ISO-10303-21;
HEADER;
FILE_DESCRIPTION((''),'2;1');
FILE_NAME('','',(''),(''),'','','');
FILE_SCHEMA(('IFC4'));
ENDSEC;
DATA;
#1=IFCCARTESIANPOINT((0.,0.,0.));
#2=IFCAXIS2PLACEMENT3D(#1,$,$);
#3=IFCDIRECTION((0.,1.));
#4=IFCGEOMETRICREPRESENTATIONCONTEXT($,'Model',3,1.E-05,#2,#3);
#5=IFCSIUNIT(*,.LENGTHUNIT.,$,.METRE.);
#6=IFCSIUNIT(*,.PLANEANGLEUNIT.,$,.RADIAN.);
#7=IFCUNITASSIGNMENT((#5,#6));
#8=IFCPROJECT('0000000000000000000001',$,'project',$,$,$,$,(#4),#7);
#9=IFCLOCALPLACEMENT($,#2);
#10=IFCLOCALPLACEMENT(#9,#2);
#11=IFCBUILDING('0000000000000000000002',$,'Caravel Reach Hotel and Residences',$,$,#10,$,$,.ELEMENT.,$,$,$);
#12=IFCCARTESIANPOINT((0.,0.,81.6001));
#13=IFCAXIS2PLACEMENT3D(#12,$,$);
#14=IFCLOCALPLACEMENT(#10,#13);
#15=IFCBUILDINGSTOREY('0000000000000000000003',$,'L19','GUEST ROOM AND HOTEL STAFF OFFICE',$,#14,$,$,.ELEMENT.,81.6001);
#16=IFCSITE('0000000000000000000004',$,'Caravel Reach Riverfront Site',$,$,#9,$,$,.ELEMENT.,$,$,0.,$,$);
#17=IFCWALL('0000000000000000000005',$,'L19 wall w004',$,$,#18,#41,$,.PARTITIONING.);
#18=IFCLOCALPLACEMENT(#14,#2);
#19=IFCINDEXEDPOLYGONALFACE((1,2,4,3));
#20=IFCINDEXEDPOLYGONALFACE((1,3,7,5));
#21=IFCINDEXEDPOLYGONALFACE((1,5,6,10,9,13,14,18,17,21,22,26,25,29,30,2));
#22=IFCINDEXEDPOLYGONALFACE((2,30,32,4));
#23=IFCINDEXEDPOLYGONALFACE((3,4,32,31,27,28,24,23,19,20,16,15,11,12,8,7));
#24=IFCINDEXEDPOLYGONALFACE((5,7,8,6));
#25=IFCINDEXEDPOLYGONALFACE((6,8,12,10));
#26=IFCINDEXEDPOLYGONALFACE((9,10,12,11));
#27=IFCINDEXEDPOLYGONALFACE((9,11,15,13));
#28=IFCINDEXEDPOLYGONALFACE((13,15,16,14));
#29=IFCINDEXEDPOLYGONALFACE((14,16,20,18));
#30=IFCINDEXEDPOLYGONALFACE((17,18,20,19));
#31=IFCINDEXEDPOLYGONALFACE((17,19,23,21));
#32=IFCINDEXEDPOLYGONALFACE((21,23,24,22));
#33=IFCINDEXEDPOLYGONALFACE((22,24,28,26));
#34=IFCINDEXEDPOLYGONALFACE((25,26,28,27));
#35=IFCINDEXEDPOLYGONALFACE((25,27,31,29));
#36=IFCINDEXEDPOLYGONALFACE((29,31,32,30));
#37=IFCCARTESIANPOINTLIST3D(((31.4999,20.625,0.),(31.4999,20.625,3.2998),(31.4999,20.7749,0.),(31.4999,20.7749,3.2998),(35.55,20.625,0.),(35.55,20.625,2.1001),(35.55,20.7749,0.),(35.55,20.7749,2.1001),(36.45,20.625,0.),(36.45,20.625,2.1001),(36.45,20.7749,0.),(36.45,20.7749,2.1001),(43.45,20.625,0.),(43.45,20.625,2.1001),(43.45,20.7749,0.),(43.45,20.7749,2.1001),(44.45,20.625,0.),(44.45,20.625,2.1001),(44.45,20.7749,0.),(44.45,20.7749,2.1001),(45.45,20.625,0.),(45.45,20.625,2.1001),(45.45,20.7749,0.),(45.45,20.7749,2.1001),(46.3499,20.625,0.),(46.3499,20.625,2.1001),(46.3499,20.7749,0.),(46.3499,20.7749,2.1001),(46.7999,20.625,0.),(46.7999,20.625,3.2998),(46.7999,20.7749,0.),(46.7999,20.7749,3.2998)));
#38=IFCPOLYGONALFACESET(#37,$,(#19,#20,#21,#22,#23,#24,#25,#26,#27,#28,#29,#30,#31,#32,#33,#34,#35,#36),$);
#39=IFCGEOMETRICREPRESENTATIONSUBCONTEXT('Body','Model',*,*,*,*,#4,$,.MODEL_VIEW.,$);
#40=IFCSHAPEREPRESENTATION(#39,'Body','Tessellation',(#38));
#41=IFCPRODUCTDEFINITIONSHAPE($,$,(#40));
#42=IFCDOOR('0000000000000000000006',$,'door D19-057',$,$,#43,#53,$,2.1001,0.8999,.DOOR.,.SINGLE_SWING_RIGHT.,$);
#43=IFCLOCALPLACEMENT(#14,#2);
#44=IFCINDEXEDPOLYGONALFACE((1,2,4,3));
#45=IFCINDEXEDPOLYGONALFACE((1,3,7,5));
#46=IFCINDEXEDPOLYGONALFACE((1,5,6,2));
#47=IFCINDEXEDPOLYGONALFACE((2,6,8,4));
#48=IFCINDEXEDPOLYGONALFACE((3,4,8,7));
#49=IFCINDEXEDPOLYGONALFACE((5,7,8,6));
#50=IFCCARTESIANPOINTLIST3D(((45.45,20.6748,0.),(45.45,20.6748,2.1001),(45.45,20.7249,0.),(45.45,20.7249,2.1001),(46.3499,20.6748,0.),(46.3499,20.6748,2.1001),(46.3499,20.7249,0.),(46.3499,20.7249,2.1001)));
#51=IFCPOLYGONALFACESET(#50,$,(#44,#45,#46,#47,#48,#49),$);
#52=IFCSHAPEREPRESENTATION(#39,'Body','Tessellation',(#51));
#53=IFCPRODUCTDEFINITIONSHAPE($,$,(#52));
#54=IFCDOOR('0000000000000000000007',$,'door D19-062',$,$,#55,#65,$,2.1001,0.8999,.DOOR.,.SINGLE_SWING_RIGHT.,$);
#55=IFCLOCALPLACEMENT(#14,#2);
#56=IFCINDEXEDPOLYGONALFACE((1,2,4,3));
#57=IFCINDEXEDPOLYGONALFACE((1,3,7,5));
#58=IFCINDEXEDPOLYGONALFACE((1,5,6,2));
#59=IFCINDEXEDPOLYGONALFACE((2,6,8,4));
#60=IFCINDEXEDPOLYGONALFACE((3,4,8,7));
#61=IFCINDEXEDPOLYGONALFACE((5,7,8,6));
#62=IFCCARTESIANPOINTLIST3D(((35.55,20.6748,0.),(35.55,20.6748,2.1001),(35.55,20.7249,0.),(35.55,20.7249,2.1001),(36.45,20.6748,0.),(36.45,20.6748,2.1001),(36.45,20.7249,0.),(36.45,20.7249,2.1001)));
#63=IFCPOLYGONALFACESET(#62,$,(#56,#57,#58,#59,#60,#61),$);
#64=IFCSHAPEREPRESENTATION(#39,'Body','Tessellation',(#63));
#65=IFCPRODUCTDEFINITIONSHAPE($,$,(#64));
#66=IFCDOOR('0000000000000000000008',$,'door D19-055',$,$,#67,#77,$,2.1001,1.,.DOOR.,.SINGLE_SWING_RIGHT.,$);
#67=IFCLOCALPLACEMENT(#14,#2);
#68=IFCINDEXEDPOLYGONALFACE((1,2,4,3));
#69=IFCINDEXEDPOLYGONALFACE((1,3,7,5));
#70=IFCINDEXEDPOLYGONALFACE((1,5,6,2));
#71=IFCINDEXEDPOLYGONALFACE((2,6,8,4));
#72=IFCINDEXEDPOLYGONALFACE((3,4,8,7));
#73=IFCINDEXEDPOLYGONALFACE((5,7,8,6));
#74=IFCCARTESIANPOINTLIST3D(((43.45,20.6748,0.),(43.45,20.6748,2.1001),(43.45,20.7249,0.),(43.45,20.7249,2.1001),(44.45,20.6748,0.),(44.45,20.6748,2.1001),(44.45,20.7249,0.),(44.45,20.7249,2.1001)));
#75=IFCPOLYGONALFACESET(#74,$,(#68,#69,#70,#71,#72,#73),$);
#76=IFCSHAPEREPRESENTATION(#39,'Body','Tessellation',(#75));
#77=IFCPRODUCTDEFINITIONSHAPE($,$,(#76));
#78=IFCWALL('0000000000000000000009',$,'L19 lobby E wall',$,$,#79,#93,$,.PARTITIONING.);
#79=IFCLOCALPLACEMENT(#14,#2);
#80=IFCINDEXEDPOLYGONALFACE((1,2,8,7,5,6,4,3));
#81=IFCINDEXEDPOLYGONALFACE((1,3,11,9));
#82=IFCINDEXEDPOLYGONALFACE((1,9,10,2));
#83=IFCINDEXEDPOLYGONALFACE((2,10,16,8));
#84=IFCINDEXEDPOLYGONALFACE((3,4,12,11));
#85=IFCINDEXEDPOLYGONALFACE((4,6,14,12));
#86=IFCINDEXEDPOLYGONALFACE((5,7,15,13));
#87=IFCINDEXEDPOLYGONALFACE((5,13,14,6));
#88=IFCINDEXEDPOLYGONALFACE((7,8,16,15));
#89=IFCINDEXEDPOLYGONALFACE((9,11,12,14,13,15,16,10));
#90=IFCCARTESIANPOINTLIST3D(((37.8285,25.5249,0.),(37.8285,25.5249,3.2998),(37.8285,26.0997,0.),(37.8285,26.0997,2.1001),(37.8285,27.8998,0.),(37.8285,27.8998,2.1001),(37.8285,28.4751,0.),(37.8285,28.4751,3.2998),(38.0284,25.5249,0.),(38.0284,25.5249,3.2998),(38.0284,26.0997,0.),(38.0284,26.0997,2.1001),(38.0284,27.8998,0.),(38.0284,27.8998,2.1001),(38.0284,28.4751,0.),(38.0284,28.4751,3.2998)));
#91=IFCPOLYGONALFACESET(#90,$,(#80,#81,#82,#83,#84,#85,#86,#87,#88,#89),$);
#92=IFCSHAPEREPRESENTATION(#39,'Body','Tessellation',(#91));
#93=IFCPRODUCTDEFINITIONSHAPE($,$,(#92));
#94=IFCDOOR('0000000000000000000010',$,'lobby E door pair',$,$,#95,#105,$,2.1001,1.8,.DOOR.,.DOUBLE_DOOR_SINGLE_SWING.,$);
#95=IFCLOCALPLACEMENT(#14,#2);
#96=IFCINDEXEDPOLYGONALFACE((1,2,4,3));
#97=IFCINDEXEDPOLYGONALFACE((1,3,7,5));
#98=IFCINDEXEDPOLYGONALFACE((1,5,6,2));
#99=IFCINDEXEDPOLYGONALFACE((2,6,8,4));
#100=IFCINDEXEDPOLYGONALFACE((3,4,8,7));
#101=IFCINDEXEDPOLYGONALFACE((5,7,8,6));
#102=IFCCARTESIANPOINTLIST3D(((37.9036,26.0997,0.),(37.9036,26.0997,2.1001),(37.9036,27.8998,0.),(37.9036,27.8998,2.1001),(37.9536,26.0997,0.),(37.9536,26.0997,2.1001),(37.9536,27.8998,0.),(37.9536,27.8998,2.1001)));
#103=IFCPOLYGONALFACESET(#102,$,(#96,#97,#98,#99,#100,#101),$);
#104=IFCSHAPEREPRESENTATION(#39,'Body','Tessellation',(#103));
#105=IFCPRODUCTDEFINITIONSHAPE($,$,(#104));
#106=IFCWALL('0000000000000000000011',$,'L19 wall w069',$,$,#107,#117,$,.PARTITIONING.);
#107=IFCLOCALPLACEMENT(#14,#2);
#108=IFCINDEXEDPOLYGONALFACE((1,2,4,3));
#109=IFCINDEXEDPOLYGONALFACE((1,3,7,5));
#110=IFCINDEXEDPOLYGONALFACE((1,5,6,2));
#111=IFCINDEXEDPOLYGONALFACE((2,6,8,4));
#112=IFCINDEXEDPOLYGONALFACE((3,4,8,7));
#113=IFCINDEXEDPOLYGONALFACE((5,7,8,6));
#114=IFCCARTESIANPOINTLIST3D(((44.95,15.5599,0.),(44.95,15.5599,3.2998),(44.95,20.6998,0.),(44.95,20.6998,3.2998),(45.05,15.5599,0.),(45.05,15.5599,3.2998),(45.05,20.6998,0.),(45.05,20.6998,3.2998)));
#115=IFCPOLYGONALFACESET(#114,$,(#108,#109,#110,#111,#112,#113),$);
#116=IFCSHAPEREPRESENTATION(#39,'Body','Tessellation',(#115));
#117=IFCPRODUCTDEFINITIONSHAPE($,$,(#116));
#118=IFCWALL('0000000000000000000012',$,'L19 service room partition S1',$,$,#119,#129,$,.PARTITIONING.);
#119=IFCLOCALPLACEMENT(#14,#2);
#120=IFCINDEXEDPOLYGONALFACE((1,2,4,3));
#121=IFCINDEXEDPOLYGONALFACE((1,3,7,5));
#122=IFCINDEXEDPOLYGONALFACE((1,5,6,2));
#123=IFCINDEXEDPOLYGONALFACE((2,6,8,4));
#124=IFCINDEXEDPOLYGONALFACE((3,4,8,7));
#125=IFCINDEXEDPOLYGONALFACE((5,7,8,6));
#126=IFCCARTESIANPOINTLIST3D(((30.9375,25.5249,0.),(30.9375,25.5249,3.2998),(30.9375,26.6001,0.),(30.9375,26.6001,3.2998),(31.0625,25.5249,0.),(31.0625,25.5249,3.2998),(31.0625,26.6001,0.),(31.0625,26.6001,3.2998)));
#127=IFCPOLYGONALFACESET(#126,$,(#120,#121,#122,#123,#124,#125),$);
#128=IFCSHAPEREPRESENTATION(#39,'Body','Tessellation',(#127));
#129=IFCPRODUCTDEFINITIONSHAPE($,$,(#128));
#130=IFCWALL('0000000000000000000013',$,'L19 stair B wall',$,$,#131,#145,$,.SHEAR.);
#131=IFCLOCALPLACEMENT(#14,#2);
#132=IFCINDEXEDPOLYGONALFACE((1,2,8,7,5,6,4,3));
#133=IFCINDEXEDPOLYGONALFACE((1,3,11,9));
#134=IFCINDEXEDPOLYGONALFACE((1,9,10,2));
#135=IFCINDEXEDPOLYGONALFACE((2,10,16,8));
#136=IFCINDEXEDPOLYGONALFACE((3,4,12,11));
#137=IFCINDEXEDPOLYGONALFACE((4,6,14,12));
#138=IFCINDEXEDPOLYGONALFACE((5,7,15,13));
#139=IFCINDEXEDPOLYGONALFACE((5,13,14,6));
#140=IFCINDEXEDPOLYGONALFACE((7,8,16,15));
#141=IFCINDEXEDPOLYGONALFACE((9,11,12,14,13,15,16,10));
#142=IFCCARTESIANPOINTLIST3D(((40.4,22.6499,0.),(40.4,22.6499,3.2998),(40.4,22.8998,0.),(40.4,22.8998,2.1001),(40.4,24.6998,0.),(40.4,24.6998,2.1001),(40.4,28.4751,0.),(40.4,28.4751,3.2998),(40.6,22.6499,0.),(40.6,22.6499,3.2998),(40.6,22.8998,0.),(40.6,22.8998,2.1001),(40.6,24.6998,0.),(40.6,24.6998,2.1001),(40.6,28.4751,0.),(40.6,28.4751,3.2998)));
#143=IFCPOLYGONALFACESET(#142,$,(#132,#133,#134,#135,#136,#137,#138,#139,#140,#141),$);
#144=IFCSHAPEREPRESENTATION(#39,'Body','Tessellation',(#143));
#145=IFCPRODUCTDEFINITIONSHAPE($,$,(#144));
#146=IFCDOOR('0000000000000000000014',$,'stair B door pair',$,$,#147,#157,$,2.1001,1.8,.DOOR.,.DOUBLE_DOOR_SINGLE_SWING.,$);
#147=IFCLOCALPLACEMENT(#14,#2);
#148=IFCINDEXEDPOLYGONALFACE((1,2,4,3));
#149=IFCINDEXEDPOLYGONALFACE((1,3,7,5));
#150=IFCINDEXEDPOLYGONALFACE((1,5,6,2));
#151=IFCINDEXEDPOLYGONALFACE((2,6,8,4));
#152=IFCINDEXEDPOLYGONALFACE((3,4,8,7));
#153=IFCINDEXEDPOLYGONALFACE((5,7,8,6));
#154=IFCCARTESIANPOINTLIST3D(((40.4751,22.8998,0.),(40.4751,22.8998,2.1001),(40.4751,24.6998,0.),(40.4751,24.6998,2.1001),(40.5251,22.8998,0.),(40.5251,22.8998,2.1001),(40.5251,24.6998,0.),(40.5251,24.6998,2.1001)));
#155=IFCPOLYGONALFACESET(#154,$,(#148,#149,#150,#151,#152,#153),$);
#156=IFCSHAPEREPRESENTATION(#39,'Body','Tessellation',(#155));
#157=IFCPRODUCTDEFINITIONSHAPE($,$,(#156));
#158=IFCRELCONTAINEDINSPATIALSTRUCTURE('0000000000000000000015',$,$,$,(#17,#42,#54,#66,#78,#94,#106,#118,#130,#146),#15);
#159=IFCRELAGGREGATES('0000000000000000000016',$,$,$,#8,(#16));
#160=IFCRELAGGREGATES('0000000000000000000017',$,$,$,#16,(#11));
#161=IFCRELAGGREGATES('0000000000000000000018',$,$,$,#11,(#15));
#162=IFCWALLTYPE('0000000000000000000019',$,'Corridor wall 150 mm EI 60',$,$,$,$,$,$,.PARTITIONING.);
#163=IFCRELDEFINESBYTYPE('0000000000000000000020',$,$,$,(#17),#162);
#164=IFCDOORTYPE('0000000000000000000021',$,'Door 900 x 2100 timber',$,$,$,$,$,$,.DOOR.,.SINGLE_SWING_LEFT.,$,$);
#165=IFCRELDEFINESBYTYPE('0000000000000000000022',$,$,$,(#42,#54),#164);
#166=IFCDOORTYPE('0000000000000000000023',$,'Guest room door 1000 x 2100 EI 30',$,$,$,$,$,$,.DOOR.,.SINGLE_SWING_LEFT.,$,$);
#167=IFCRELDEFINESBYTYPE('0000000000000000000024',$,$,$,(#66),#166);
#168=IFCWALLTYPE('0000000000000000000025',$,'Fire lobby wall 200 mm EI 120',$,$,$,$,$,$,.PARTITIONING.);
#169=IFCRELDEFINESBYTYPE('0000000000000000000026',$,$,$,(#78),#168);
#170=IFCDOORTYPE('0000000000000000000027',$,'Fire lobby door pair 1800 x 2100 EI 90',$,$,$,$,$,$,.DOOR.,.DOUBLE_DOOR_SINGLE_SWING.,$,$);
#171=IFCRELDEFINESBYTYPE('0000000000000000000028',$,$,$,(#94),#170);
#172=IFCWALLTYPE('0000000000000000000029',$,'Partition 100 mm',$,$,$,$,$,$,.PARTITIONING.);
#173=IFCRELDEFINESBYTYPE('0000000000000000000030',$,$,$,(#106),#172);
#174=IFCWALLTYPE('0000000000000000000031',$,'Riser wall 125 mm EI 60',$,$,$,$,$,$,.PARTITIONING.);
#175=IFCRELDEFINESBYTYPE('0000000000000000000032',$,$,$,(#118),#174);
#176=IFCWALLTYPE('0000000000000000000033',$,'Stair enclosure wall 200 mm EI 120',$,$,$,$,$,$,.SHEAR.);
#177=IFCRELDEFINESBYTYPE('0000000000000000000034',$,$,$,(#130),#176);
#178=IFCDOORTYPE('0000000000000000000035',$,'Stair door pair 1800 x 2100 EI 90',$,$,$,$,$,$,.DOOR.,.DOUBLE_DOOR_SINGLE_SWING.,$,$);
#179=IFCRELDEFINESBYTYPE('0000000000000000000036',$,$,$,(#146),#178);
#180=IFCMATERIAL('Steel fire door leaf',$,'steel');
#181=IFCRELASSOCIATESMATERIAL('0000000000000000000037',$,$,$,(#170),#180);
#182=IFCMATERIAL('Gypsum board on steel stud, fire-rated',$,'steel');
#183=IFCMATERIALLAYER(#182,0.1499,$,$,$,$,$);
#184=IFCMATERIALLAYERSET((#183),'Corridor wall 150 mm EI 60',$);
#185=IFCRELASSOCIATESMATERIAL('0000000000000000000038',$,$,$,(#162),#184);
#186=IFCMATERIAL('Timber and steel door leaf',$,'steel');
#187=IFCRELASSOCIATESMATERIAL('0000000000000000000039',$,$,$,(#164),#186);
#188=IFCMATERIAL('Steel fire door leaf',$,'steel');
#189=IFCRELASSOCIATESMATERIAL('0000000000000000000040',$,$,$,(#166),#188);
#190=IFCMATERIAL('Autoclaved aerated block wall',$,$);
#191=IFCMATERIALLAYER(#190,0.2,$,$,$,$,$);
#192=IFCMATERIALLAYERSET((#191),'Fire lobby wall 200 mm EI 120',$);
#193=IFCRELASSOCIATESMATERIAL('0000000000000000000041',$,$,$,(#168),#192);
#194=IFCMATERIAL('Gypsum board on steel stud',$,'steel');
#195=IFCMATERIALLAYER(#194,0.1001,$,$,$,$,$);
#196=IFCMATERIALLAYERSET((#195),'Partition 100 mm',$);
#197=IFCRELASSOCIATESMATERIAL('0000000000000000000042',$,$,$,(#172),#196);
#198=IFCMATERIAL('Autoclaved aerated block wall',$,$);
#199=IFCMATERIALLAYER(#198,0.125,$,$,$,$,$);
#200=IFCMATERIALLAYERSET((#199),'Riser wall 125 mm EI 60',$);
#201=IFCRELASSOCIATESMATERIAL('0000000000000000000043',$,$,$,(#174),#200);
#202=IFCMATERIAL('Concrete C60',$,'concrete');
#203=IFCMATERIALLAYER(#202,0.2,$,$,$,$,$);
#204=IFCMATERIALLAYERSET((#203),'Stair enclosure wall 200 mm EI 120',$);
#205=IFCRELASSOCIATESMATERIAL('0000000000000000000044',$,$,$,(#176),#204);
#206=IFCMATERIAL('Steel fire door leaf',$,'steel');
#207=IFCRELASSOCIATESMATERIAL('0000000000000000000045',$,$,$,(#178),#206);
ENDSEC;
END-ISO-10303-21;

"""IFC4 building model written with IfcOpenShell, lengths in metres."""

from ifc_helpers import new_model, si_unit, direction, frame, frame_2d, origin, place, context, subcontext, project, spatial, rectangle, extrude, material, layer, layer_set, type_object, element, fill, save


model = new_model("IFC4")

# Units and contexts
model_context = context("Model", 3, precision=1e-05, world=origin(), true_north=direction((0.0, 1.0)))
body_context = subcontext(model_context, "Body", "Model", "MODEL_VIEW")
ifc_project = project(units=[si_unit("LENGTHUNIT", "METRE"), si_unit("PLANEANGLEUNIT", "RADIAN")], contexts=[model_context])

# Site, building, storey
site_placement = place(None, origin())
site = spatial("IfcSite", under=ifc_project, at=site_placement, Name="Caravel Reach Riverfront Site", CompositionType="ELEMENT", RefElevation=0.0)
building_placement = place(site_placement, origin())
building = spatial("IfcBuilding", under=site, at=building_placement, Name="Caravel Reach Hotel and Residences", CompositionType="ELEMENT")
storey_placement = place(building_placement, frame((0.0, 0.0, 81.6001)))
storey = spatial("IfcBuildingStorey", under=building, at=storey_placement, Name="L19", Description="GUEST ROOM AND HOTEL STAFF OFFICE", CompositionType="ELEMENT", Elevation=81.6001)

# Shared definitions
ifc_material_1 = material(Name="Steel fire door leaf", Category="steel")
door_type_1 = type_object("IfcDoorType", Name="Fire lobby door pair 1800 x 2100 EI 90", OperationType="DOUBLE_DOOR_SINGLE_SWING", PredefinedType="DOOR", material=ifc_material_1)

# Wall, openings, doors
ifc_material_2 = material(Name="Gypsum board on steel stud, fire-rated", Category="steel")
ifc_layer_1 = layer(ifc_material_2, 0.1499)
ifc_layer_set_1 = layer_set([ifc_layer_1], Name="Corridor wall 150 mm EI 60")
wall_type_1 = type_object("IfcWallType", Name="Corridor wall 150 mm EI 60", PredefinedType="PARTITIONING", material=ifc_layer_set_1)
wall_1_placement = place(storey_placement, frame((31.5, 20.7, 0.0), z_axis=(0.0, 0.0, 1.0), x_axis=(1.0, 0.0, 0.0)))
wall_1 = element("IfcWall", 1, at=wall_1_placement, inside=storey, type_object=wall_type_1, Name="L19 wall w004", PredefinedType="PARTITIONING", context=body_context, shape_type="SweptSolid", body=[
    extrude(rectangle(XDim=15.3, YDim=0.1499, at=frame_2d((7.6499, 0.0))), origin(), (0.0, 0.0, 1.0), 3.2998),
])
opening_1_placement = place(wall_1_placement, frame((11.95, 0.0, 0.0)))
opening_1 = element("IfcOpeningElement", 2, at=opening_1_placement, cuts=wall_1, PredefinedType="OPENING", context=body_context, shape_type="SweptSolid", body=[
    extrude(rectangle(XDim=1.0, YDim=2.1001, at=frame_2d((0.5, 1.05))), frame((0.0, 0.085, 0.0), z_axis=(0.0, -1.0, 0.0), x_axis=(1.0, 0.0, 0.0)), (0.0, 0.0, 1.0), 0.1699),
])
opening_2_placement = place(wall_1_placement, frame((13.95, 0.0, 0.0)))
opening_2 = element("IfcOpeningElement", 3, at=opening_2_placement, cuts=wall_1, PredefinedType="OPENING", context=body_context, shape_type="SweptSolid", body=[
    extrude(rectangle(XDim=0.8999, YDim=2.1001, at=frame_2d((0.45, 1.05))), frame((0.0, 0.085, 0.0), z_axis=(0.0, -1.0, 0.0), x_axis=(1.0, 0.0, 0.0)), (0.0, 0.0, 1.0), 0.1699),
])
opening_3_placement = place(wall_1_placement, frame((4.05, 0.0, 0.0)))
opening_3 = element("IfcOpeningElement", 4, at=opening_3_placement, cuts=wall_1, PredefinedType="OPENING", context=body_context, shape_type="SweptSolid", body=[
    extrude(rectangle(XDim=0.8999, YDim=2.1001, at=frame_2d((0.45, 1.05))), frame((0.0, 0.085, 0.0), z_axis=(0.0, -1.0, 0.0), x_axis=(1.0, 0.0, 0.0)), (0.0, 0.0, 1.0), 0.1699),
])
ifc_material_3 = material(Name="Timber and steel door leaf", Category="steel")
door_type_2 = type_object("IfcDoorType", Name="Door 900 x 2100 timber", OperationType="SINGLE_SWING_LEFT", PredefinedType="DOOR", material=ifc_material_3)
door_1_placement = place(opening_2_placement, origin())
door_1 = element("IfcDoor", 5, at=door_1_placement, inside=storey, type_object=door_type_2, Name="door D19-057", OperationType="SINGLE_SWING_RIGHT", OverallHeight=2.1001, OverallWidth=0.8999, PredefinedType="DOOR", context=body_context, shape_type="SweptSolid", body=[
    extrude(rectangle(XDim=0.8999, YDim=2.1001, at=frame_2d((0.45, 1.05))), frame((0.0, 0.0249, 0.0), z_axis=(0.0, -1.0, 0.0), x_axis=(1.0, 0.0, 0.0)), (0.0, 0.0, 1.0), 0.05),
])
fill(opening_2, door_1)
door_2_placement = place(opening_3_placement, origin())
door_2 = element("IfcDoor", 6, at=door_2_placement, inside=storey, type_object=door_type_2, Name="door D19-062", OperationType="SINGLE_SWING_RIGHT", OverallHeight=2.1001, OverallWidth=0.8999, PredefinedType="DOOR", context=body_context, shape_type="SweptSolid", body=[
    extrude(rectangle(XDim=0.8999, YDim=2.1001, at=frame_2d((0.45, 1.05))), frame((0.0, 0.0249, 0.0), z_axis=(0.0, -1.0, 0.0), x_axis=(1.0, 0.0, 0.0)), (0.0, 0.0, 1.0), 0.05),
])
fill(opening_3, door_2)
ifc_material_4 = material(Name="Steel fire door leaf", Category="steel")
door_type_3 = type_object("IfcDoorType", Name="Guest room door 1000 x 2100 EI 30", OperationType="SINGLE_SWING_LEFT", PredefinedType="DOOR", material=ifc_material_4)
door_3_placement = place(opening_1_placement, origin())
door_3 = element("IfcDoor", 7, at=door_3_placement, inside=storey, type_object=door_type_3, Name="door D19-055", OperationType="SINGLE_SWING_RIGHT", OverallHeight=2.1001, OverallWidth=1.0, PredefinedType="DOOR", context=body_context, shape_type="SweptSolid", body=[
    extrude(rectangle(XDim=1.0, YDim=2.1001, at=frame_2d((0.5, 1.05))), frame((0.0, 0.0249, 0.0), z_axis=(0.0, -1.0, 0.0), x_axis=(1.0, 0.0, 0.0)), (0.0, 0.0, 1.0), 0.05),
])
fill(opening_1, door_3)

# Wall, opening, door
ifc_material_5 = material(Name="Autoclaved aerated block wall")
ifc_layer_2 = layer(ifc_material_5, 0.2)
ifc_layer_set_2 = layer_set([ifc_layer_2], Name="Fire lobby wall 200 mm EI 120")
wall_type_2 = type_object("IfcWallType", Name="Fire lobby wall 200 mm EI 120", PredefinedType="PARTITIONING", material=ifc_layer_set_2)
wall_2_placement = place(storey_placement, frame((37.9285, 25.5249, 0.0), z_axis=(0.0, 0.0, 1.0), x_axis=(0.0, 1.0, 0.0)))
wall_2 = element("IfcWall", 8, at=wall_2_placement, inside=storey, type_object=wall_type_2, Name="L19 lobby E wall", PredefinedType="PARTITIONING", context=body_context, shape_type="SweptSolid", body=[
    extrude(rectangle(XDim=2.9502, YDim=0.2, at=frame_2d((1.4751, 0.0))), origin(), (0.0, 0.0, 1.0), 3.2998),
])
opening_4_placement = place(wall_2_placement, frame((0.575, 0.0, 0.0)))
opening_4 = element("IfcOpeningElement", 9, at=opening_4_placement, cuts=wall_2, PredefinedType="OPENING", context=body_context, shape_type="SweptSolid", body=[
    extrude(rectangle(XDim=1.8, YDim=2.1001, at=frame_2d((0.8999, 1.05))), frame((0.0, 0.1099, 0.0), z_axis=(0.0, -1.0, 0.0), x_axis=(1.0, 0.0, 0.0)), (0.0, 0.0, 1.0), 0.22),
])
door_4_placement = place(opening_4_placement, origin())
door_4 = element("IfcDoor", 10, at=door_4_placement, inside=storey, type_object=door_type_1, Name="lobby E door pair", OperationType="DOUBLE_DOOR_SINGLE_SWING", OverallHeight=2.1001, OverallWidth=1.8, PredefinedType="DOOR", context=body_context, shape_type="SweptSolid", body=[
    extrude(rectangle(XDim=1.8, YDim=2.1001, at=frame_2d((0.8999, 1.05))), frame((0.0, 0.0249, 0.0), z_axis=(0.0, -1.0, 0.0), x_axis=(1.0, 0.0, 0.0)), (0.0, 0.0, 1.0), 0.05),
])
fill(opening_4, door_4)

# Walls
ifc_material_6 = material(Name="Gypsum board on steel stud", Category="steel")
ifc_layer_3 = layer(ifc_material_6, 0.1001)
ifc_layer_set_3 = layer_set([ifc_layer_3], Name="Partition 100 mm")
wall_type_3 = type_object("IfcWallType", Name="Partition 100 mm", PredefinedType="PARTITIONING", material=ifc_layer_set_3)
wall_3_placement = place(storey_placement, frame((45.0, 15.5601, 0.0), z_axis=(0.0, 0.0, 1.0), x_axis=(0.0, 1.0, 0.0)))
element("IfcWall", 11, at=wall_3_placement, inside=storey, type_object=wall_type_3, Name="L19 wall w069", PredefinedType="PARTITIONING", context=body_context, shape_type="SweptSolid", body=[
    extrude(rectangle(XDim=5.1399, YDim=0.1001, at=frame_2d((2.5698, 0.0))), origin(), (0.0, 0.0, 1.0), 3.2998),
])
ifc_material_7 = material(Name="Autoclaved aerated block wall")
ifc_layer_4 = layer(ifc_material_7, 0.125)
ifc_layer_set_4 = layer_set([ifc_layer_4], Name="Riser wall 125 mm EI 60")
wall_type_4 = type_object("IfcWallType", Name="Riser wall 125 mm EI 60", PredefinedType="PARTITIONING", material=ifc_layer_set_4)
wall_4_placement = place(storey_placement, frame((31.0, 25.5249, 0.0), z_axis=(0.0, 0.0, 1.0), x_axis=(0.0, 1.0, 0.0)))
element("IfcWall", 12, at=wall_4_placement, inside=storey, type_object=wall_type_4, Name="L19 service room partition S1", PredefinedType="PARTITIONING", context=body_context, shape_type="SweptSolid", body=[
    extrude(rectangle(XDim=1.0752, YDim=0.125, at=frame_2d((0.5376, 0.0))), origin(), (0.0, 0.0, 1.0), 3.2998),
])

# Wall, opening, door
ifc_material_8 = material(Name="Concrete C60", Category="concrete")
ifc_layer_5 = layer(ifc_material_8, 0.2)
ifc_layer_set_5 = layer_set([ifc_layer_5], Name="Stair enclosure wall 200 mm EI 120")
wall_type_5 = type_object("IfcWallType", Name="Stair enclosure wall 200 mm EI 120", PredefinedType="SHEAR", material=ifc_layer_set_5)
wall_5_placement = place(storey_placement, frame((40.5, 22.6499, 0.0), z_axis=(0.0, 0.0, 1.0), x_axis=(0.0, 1.0, 0.0)))
wall_5 = element("IfcWall", 13, at=wall_5_placement, inside=storey, type_object=wall_type_5, Name="L19 stair B wall", PredefinedType="SHEAR", context=body_context, shape_type="SweptSolid", body=[
    extrude(rectangle(XDim=5.8252, YDim=0.2, at=frame_2d((2.9126, 0.0))), origin(), (0.0, 0.0, 1.0), 3.2998),
])
opening_5_placement = place(wall_5_placement, frame((0.25, 0.0, 0.0)))
opening_5 = element("IfcOpeningElement", 14, at=opening_5_placement, cuts=wall_5, PredefinedType="OPENING", context=body_context, shape_type="SweptSolid", body=[
    extrude(rectangle(XDim=1.8, YDim=2.1001, at=frame_2d((0.8999, 1.05))), frame((0.0, 0.1099, 0.0), z_axis=(0.0, -1.0, 0.0), x_axis=(1.0, 0.0, 0.0)), (0.0, 0.0, 1.0), 0.22),
])
ifc_material_9 = material(Name="Steel fire door leaf", Category="steel")
door_type_4 = type_object("IfcDoorType", Name="Stair door pair 1800 x 2100 EI 90", OperationType="DOUBLE_DOOR_SINGLE_SWING", PredefinedType="DOOR", material=ifc_material_9)
door_5_placement = place(opening_5_placement, origin())
door_5 = element("IfcDoor", 15, at=door_5_placement, inside=storey, type_object=door_type_4, Name="stair B door pair", OperationType="DOUBLE_DOOR_SINGLE_SWING", OverallHeight=2.1001, OverallWidth=1.8, PredefinedType="DOOR", context=body_context, shape_type="SweptSolid", body=[
    extrude(rectangle(XDim=1.8, YDim=2.1001, at=frame_2d((0.8999, 1.05))), frame((0.0, 0.0249, 0.0), z_axis=(0.0, -1.0, 0.0), x_axis=(1.0, 0.0, 0.0)), (0.0, 0.0, 1.0), 0.05),
])
fill(opening_5, door_5)

save(model, "model.ifc")
